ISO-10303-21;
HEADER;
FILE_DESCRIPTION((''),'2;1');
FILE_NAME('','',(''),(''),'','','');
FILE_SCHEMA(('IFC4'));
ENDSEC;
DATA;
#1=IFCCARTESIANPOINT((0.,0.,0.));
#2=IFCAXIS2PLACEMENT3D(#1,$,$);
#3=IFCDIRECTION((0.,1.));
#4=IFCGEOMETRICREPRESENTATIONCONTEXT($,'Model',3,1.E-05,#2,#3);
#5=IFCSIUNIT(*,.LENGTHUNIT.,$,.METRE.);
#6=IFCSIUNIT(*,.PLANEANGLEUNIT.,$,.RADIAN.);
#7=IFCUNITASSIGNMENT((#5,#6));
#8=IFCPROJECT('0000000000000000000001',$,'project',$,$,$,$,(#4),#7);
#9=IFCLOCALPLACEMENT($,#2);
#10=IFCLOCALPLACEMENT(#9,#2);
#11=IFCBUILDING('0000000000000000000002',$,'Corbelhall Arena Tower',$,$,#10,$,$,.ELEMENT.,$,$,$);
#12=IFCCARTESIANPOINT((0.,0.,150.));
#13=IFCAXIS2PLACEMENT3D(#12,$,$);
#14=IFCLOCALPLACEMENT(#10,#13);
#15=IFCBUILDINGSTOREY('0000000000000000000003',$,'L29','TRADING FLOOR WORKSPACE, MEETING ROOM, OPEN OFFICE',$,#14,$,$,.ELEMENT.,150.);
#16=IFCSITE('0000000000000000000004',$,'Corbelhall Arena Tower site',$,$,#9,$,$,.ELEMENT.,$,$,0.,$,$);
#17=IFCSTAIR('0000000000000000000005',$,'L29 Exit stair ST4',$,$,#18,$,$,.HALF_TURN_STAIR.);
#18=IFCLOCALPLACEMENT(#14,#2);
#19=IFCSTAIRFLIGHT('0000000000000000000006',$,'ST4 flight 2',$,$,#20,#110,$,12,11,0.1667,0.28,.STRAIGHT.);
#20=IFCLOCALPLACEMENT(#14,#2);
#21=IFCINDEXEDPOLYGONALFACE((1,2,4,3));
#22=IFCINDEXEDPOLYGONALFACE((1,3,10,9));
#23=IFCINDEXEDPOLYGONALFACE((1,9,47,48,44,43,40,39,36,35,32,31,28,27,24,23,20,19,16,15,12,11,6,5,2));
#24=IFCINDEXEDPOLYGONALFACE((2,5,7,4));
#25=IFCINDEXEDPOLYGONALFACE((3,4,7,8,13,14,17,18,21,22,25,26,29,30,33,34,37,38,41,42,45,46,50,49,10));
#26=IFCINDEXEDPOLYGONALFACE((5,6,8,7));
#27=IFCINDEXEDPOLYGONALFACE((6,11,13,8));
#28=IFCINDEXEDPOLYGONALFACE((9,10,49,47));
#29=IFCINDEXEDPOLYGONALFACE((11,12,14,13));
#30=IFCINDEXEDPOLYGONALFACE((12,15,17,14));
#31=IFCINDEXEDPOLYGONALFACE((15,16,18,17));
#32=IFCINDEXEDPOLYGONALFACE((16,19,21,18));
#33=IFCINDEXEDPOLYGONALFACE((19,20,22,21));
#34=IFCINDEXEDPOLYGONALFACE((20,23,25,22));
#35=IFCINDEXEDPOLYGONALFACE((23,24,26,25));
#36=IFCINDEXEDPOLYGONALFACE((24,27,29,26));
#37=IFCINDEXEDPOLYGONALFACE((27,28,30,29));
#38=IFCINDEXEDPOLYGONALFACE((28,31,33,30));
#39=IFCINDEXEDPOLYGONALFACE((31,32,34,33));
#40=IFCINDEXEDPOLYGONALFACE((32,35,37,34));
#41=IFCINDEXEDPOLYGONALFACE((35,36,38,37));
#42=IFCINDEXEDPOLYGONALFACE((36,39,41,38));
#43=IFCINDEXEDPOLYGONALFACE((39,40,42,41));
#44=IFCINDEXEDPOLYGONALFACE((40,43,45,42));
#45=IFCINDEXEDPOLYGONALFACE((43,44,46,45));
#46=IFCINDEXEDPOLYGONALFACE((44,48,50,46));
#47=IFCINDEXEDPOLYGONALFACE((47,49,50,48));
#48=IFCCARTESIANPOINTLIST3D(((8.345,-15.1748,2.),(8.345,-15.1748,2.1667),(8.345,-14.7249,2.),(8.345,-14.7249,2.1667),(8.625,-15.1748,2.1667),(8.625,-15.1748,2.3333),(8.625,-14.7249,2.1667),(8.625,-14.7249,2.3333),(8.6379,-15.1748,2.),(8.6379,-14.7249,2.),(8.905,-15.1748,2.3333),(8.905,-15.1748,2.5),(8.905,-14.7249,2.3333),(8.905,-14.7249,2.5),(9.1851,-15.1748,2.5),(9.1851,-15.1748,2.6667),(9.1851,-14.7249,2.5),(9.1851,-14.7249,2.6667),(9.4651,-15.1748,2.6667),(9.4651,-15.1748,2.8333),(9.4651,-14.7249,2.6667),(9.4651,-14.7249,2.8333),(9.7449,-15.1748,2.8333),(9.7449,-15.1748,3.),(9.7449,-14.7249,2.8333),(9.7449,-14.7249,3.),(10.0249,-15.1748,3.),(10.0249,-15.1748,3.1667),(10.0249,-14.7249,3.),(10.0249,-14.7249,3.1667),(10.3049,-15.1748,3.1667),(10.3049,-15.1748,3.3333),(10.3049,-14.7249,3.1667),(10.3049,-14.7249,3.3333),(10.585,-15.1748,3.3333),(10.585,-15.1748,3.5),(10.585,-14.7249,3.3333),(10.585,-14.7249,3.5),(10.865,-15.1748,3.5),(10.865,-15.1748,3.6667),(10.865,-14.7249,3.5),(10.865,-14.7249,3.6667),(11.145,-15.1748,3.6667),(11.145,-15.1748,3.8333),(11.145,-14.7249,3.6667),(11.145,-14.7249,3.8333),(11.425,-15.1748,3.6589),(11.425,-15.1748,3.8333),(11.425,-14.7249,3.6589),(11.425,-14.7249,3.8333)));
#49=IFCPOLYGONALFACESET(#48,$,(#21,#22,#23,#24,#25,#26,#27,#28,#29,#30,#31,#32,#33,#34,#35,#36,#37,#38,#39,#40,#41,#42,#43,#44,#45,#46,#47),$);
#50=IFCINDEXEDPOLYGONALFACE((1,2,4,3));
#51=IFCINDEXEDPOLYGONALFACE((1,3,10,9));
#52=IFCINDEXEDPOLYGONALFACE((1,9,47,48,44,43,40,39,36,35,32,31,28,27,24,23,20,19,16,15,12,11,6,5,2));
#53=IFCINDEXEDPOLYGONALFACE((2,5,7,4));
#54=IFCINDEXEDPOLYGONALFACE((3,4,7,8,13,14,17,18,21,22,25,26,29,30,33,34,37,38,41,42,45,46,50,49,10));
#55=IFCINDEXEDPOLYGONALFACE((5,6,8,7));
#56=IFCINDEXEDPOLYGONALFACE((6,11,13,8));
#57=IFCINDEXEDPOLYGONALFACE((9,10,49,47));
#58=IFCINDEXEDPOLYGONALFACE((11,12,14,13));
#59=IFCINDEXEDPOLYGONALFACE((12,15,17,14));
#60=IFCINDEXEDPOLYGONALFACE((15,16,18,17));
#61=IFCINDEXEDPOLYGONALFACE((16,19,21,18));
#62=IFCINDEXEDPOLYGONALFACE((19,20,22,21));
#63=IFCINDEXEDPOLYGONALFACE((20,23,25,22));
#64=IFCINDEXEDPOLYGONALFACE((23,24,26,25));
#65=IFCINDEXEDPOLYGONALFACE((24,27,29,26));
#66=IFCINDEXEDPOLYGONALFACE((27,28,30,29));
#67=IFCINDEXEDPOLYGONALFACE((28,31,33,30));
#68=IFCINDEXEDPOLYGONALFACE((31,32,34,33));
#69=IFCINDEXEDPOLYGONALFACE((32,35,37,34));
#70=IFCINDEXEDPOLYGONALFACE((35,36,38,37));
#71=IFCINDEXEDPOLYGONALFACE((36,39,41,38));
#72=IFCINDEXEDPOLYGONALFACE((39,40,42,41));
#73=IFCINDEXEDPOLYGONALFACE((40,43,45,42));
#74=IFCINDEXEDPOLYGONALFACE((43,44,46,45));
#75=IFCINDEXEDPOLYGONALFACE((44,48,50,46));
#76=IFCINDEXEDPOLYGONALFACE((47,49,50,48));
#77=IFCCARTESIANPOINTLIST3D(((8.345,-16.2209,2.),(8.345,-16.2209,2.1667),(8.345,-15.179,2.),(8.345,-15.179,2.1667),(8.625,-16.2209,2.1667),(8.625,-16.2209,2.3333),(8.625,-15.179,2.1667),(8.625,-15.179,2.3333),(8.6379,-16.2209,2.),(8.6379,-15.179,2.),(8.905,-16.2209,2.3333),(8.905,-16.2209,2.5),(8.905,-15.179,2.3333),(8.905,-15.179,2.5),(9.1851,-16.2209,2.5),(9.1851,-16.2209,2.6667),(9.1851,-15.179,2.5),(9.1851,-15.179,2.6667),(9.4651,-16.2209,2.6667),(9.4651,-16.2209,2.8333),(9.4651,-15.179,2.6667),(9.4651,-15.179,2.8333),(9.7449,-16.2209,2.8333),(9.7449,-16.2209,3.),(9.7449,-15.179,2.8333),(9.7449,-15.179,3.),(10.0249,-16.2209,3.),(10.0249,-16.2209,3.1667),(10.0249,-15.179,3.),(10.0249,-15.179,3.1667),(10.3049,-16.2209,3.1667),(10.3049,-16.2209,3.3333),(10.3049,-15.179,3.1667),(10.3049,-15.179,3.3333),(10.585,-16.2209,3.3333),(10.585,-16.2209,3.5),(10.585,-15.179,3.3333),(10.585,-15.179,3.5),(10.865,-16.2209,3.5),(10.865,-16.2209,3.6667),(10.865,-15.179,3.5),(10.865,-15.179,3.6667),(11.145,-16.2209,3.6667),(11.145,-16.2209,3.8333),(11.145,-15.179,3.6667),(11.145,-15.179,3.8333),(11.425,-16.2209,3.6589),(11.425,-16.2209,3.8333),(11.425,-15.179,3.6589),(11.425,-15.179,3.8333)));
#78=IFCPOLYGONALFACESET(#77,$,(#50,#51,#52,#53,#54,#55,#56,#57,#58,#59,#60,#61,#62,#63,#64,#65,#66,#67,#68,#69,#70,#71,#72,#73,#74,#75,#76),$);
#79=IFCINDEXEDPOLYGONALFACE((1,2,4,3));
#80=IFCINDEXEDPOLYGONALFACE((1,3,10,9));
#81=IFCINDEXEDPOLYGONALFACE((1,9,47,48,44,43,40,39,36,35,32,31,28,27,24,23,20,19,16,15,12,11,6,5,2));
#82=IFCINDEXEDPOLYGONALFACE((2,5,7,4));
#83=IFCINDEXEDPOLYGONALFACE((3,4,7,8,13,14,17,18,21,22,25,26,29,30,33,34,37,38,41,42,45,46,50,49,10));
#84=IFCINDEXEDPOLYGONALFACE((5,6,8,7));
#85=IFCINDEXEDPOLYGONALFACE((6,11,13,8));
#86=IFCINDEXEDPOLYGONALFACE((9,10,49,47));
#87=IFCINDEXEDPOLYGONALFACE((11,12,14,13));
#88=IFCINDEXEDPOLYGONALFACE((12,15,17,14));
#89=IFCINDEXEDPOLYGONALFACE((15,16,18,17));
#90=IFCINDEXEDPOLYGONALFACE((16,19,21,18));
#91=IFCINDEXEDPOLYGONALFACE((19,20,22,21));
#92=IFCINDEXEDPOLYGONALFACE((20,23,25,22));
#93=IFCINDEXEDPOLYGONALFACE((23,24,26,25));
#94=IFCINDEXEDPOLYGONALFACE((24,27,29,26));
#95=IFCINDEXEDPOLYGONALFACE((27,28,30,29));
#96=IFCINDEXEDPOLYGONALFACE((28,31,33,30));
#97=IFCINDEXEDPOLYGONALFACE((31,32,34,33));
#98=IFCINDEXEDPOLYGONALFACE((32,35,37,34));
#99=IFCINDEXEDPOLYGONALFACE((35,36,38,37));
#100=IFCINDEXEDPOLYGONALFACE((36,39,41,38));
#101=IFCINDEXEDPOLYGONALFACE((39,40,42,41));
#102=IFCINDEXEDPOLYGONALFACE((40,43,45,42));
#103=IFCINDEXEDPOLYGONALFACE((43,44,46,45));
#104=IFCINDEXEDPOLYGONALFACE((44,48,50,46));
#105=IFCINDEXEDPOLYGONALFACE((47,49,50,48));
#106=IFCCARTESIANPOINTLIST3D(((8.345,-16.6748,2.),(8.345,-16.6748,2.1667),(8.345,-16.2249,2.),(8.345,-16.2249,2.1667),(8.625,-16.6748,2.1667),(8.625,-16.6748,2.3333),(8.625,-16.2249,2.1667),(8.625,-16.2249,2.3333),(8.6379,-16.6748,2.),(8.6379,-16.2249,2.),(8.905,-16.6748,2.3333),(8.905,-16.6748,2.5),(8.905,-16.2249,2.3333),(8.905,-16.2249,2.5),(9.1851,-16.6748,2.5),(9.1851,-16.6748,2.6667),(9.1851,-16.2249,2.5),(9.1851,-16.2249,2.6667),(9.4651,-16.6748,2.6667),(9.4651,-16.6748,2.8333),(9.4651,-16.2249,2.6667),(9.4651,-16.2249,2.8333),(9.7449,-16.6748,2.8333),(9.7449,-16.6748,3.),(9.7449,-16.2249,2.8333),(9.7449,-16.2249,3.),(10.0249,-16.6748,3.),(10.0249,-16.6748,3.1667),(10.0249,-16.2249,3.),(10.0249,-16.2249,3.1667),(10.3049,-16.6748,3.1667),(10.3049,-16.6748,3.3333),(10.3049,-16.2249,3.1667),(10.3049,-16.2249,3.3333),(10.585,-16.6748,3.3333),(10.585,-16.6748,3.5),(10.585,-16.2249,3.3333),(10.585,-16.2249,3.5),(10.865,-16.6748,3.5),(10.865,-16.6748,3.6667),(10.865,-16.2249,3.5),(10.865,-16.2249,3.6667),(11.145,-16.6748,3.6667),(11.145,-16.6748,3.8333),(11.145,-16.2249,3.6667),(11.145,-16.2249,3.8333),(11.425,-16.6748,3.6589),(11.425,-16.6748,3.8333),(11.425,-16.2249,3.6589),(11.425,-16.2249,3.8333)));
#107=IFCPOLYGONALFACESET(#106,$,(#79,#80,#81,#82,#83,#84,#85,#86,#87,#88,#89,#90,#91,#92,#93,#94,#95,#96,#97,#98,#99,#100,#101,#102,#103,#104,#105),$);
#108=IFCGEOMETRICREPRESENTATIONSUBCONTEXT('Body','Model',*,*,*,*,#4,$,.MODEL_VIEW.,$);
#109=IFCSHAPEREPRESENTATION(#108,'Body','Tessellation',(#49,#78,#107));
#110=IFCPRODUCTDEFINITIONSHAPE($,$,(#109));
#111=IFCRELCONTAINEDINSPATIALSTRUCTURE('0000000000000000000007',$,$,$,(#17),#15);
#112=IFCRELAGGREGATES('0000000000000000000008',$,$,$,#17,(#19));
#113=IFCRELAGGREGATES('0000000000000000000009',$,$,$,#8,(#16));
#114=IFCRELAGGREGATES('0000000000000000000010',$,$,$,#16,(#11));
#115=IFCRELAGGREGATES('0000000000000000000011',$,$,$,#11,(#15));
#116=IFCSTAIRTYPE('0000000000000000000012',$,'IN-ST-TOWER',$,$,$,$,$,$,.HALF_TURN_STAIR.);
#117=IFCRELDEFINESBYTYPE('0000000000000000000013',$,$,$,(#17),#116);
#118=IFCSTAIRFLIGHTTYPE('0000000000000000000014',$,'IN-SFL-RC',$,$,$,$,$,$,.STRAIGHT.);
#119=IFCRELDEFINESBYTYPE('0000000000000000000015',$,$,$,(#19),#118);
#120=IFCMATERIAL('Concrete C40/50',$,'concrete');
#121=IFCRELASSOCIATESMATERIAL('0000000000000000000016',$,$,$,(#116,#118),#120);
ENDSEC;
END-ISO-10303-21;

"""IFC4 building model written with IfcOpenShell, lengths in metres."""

from ifc_helpers import new_model, si_unit, direction, frame, origin, place, context, subcontext, project, spatial, polyline, outline, extrude, material, type_object, element, aggregate, save


model = new_model("IFC4")

# Units and contexts
model_context = context("Model", 3, precision=1e-05, world=origin(), true_north=direction((0.0, 1.0)))
body_context = subcontext(model_context, "Body", "Model", "MODEL_VIEW")
ifc_project = project(units=[si_unit("LENGTHUNIT", "METRE"), si_unit("PLANEANGLEUNIT", "RADIAN")], contexts=[model_context])

# Site, building, storey
site_placement = place(None, origin())
site = spatial("IfcSite", under=ifc_project, at=site_placement, Name="Corbelhall Arena Tower site", CompositionType="ELEMENT", RefElevation=0.0)
building_placement = place(site_placement, origin())
building = spatial("IfcBuilding", under=site, at=building_placement, Name="Corbelhall Arena Tower", CompositionType="ELEMENT")
storey_placement = place(building_placement, frame((0.0, 0.0, 150.0)))
storey = spatial("IfcBuildingStorey", under=building, at=storey_placement, Name="L29", Description="TRADING FLOOR WORKSPACE, MEETING ROOM, OPEN OFFICE", CompositionType="ELEMENT", Elevation=150.0)

# Shared definitions
ifc_material_1 = material(Name="Concrete C40/50", Category="concrete")

# Stair, stair flight
stair_type = type_object("IfcStairType", Name="IN-ST-TOWER", PredefinedType="HALF_TURN_STAIR", material=ifc_material_1)
stair_placement = place(storey_placement, origin())
stair = element("IfcStair", 1, at=stair_placement, inside=storey, type_object=stair_type, Name="L29 Exit stair ST4", PredefinedType="HALF_TURN_STAIR")
stair_flight_type = type_object("IfcStairFlightType", Name="IN-SFL-RC", PredefinedType="STRAIGHT", material=ifc_material_1)
stair_flight_placement = place(storey_placement, frame((8.345, -15.7, 2.0), z_axis=(0.0, 0.0, 1.0), x_axis=(1.0, 0.0, 0.0)))
stair_flight = element("IfcStairFlight", 2, at=stair_flight_placement, type_object=stair_flight_type, Name="ST4 flight 2", NumberOfRisers=12, NumberOfTreads=11, PredefinedType="STRAIGHT", RiserHeight=0.1667, TreadLength=0.28, context=body_context, shape_type="SweptSolid", body=[
    extrude(outline(polyline([(0.0, 0.0), (0.0, 0.1667), (0.28, 0.1667), (0.28, 0.3333), (0.5601, 0.3333), (0.5601, 0.5), (0.8401, 0.5), (0.8401, 0.6667), (1.1201, 0.6667), (1.1201, 0.8333), (1.3999, 0.8333), (1.3999, 1.0), (1.6799, 1.0), (1.6799, 1.1667), (1.96, 1.1667), (1.96, 1.3333), (2.24, 1.3333), (2.24, 1.5), (2.52, 1.5), (2.52, 1.6667), (2.8, 1.6667), (2.8, 1.8333), (3.0801, 1.8333), (3.0801, 2.0), (3.0801, 1.6589), (0.293, 0.0), (0.0, 0.0)])), frame((0.0, 0.9751, 0.0), z_axis=(0.0, -1.0, 0.0), x_axis=(1.0, 0.0, 0.0)), (0.0, 0.0, 1.0), 0.45),
    extrude(outline(polyline([(0.0, 0.0), (0.0, 0.1667), (0.28, 0.1667), (0.28, 0.3333), (0.5601, 0.3333), (0.5601, 0.5), (0.8401, 0.5), (0.8401, 0.6667), (1.1201, 0.6667), (1.1201, 0.8333), (1.3999, 0.8333), (1.3999, 1.0), (1.6799, 1.0), (1.6799, 1.1667), (1.96, 1.1667), (1.96, 1.3333), (2.24, 1.3333), (2.24, 1.5), (2.52, 1.5), (2.52, 1.6667), (2.8, 1.6667), (2.8, 1.8333), (3.0801, 1.8333), (3.0801, 2.0), (3.0801, 1.6589), (0.293, 0.0), (0.0, 0.0)])), frame((0.0, 0.521, 0.0), z_axis=(0.0, -1.0, 0.0), x_axis=(1.0, 0.0, 0.0)), (0.0, 0.0, 1.0), 1.042),
    extrude(outline(polyline([(0.0, 0.0), (0.0, 0.1667), (0.28, 0.1667), (0.28, 0.3333), (0.5601, 0.3333), (0.5601, 0.5), (0.8401, 0.5), (0.8401, 0.6667), (1.1201, 0.6667), (1.1201, 0.8333), (1.3999, 0.8333), (1.3999, 1.0), (1.6799, 1.0), (1.6799, 1.1667), (1.96, 1.1667), (1.96, 1.3333), (2.24, 1.3333), (2.24, 1.5), (2.52, 1.5), (2.52, 1.6667), (2.8, 1.6667), (2.8, 1.8333), (3.0801, 1.8333), (3.0801, 2.0), (3.0801, 1.6589), (0.293, 0.0), (0.0, 0.0)])), frame((0.0, -0.5249, 0.0), z_axis=(0.0, -1.0, 0.0), x_axis=(1.0, 0.0, 0.0)), (0.0, 0.0, 1.0), 0.45),
])
aggregate(stair, [stair_flight])

save(model, "model.ifc")
